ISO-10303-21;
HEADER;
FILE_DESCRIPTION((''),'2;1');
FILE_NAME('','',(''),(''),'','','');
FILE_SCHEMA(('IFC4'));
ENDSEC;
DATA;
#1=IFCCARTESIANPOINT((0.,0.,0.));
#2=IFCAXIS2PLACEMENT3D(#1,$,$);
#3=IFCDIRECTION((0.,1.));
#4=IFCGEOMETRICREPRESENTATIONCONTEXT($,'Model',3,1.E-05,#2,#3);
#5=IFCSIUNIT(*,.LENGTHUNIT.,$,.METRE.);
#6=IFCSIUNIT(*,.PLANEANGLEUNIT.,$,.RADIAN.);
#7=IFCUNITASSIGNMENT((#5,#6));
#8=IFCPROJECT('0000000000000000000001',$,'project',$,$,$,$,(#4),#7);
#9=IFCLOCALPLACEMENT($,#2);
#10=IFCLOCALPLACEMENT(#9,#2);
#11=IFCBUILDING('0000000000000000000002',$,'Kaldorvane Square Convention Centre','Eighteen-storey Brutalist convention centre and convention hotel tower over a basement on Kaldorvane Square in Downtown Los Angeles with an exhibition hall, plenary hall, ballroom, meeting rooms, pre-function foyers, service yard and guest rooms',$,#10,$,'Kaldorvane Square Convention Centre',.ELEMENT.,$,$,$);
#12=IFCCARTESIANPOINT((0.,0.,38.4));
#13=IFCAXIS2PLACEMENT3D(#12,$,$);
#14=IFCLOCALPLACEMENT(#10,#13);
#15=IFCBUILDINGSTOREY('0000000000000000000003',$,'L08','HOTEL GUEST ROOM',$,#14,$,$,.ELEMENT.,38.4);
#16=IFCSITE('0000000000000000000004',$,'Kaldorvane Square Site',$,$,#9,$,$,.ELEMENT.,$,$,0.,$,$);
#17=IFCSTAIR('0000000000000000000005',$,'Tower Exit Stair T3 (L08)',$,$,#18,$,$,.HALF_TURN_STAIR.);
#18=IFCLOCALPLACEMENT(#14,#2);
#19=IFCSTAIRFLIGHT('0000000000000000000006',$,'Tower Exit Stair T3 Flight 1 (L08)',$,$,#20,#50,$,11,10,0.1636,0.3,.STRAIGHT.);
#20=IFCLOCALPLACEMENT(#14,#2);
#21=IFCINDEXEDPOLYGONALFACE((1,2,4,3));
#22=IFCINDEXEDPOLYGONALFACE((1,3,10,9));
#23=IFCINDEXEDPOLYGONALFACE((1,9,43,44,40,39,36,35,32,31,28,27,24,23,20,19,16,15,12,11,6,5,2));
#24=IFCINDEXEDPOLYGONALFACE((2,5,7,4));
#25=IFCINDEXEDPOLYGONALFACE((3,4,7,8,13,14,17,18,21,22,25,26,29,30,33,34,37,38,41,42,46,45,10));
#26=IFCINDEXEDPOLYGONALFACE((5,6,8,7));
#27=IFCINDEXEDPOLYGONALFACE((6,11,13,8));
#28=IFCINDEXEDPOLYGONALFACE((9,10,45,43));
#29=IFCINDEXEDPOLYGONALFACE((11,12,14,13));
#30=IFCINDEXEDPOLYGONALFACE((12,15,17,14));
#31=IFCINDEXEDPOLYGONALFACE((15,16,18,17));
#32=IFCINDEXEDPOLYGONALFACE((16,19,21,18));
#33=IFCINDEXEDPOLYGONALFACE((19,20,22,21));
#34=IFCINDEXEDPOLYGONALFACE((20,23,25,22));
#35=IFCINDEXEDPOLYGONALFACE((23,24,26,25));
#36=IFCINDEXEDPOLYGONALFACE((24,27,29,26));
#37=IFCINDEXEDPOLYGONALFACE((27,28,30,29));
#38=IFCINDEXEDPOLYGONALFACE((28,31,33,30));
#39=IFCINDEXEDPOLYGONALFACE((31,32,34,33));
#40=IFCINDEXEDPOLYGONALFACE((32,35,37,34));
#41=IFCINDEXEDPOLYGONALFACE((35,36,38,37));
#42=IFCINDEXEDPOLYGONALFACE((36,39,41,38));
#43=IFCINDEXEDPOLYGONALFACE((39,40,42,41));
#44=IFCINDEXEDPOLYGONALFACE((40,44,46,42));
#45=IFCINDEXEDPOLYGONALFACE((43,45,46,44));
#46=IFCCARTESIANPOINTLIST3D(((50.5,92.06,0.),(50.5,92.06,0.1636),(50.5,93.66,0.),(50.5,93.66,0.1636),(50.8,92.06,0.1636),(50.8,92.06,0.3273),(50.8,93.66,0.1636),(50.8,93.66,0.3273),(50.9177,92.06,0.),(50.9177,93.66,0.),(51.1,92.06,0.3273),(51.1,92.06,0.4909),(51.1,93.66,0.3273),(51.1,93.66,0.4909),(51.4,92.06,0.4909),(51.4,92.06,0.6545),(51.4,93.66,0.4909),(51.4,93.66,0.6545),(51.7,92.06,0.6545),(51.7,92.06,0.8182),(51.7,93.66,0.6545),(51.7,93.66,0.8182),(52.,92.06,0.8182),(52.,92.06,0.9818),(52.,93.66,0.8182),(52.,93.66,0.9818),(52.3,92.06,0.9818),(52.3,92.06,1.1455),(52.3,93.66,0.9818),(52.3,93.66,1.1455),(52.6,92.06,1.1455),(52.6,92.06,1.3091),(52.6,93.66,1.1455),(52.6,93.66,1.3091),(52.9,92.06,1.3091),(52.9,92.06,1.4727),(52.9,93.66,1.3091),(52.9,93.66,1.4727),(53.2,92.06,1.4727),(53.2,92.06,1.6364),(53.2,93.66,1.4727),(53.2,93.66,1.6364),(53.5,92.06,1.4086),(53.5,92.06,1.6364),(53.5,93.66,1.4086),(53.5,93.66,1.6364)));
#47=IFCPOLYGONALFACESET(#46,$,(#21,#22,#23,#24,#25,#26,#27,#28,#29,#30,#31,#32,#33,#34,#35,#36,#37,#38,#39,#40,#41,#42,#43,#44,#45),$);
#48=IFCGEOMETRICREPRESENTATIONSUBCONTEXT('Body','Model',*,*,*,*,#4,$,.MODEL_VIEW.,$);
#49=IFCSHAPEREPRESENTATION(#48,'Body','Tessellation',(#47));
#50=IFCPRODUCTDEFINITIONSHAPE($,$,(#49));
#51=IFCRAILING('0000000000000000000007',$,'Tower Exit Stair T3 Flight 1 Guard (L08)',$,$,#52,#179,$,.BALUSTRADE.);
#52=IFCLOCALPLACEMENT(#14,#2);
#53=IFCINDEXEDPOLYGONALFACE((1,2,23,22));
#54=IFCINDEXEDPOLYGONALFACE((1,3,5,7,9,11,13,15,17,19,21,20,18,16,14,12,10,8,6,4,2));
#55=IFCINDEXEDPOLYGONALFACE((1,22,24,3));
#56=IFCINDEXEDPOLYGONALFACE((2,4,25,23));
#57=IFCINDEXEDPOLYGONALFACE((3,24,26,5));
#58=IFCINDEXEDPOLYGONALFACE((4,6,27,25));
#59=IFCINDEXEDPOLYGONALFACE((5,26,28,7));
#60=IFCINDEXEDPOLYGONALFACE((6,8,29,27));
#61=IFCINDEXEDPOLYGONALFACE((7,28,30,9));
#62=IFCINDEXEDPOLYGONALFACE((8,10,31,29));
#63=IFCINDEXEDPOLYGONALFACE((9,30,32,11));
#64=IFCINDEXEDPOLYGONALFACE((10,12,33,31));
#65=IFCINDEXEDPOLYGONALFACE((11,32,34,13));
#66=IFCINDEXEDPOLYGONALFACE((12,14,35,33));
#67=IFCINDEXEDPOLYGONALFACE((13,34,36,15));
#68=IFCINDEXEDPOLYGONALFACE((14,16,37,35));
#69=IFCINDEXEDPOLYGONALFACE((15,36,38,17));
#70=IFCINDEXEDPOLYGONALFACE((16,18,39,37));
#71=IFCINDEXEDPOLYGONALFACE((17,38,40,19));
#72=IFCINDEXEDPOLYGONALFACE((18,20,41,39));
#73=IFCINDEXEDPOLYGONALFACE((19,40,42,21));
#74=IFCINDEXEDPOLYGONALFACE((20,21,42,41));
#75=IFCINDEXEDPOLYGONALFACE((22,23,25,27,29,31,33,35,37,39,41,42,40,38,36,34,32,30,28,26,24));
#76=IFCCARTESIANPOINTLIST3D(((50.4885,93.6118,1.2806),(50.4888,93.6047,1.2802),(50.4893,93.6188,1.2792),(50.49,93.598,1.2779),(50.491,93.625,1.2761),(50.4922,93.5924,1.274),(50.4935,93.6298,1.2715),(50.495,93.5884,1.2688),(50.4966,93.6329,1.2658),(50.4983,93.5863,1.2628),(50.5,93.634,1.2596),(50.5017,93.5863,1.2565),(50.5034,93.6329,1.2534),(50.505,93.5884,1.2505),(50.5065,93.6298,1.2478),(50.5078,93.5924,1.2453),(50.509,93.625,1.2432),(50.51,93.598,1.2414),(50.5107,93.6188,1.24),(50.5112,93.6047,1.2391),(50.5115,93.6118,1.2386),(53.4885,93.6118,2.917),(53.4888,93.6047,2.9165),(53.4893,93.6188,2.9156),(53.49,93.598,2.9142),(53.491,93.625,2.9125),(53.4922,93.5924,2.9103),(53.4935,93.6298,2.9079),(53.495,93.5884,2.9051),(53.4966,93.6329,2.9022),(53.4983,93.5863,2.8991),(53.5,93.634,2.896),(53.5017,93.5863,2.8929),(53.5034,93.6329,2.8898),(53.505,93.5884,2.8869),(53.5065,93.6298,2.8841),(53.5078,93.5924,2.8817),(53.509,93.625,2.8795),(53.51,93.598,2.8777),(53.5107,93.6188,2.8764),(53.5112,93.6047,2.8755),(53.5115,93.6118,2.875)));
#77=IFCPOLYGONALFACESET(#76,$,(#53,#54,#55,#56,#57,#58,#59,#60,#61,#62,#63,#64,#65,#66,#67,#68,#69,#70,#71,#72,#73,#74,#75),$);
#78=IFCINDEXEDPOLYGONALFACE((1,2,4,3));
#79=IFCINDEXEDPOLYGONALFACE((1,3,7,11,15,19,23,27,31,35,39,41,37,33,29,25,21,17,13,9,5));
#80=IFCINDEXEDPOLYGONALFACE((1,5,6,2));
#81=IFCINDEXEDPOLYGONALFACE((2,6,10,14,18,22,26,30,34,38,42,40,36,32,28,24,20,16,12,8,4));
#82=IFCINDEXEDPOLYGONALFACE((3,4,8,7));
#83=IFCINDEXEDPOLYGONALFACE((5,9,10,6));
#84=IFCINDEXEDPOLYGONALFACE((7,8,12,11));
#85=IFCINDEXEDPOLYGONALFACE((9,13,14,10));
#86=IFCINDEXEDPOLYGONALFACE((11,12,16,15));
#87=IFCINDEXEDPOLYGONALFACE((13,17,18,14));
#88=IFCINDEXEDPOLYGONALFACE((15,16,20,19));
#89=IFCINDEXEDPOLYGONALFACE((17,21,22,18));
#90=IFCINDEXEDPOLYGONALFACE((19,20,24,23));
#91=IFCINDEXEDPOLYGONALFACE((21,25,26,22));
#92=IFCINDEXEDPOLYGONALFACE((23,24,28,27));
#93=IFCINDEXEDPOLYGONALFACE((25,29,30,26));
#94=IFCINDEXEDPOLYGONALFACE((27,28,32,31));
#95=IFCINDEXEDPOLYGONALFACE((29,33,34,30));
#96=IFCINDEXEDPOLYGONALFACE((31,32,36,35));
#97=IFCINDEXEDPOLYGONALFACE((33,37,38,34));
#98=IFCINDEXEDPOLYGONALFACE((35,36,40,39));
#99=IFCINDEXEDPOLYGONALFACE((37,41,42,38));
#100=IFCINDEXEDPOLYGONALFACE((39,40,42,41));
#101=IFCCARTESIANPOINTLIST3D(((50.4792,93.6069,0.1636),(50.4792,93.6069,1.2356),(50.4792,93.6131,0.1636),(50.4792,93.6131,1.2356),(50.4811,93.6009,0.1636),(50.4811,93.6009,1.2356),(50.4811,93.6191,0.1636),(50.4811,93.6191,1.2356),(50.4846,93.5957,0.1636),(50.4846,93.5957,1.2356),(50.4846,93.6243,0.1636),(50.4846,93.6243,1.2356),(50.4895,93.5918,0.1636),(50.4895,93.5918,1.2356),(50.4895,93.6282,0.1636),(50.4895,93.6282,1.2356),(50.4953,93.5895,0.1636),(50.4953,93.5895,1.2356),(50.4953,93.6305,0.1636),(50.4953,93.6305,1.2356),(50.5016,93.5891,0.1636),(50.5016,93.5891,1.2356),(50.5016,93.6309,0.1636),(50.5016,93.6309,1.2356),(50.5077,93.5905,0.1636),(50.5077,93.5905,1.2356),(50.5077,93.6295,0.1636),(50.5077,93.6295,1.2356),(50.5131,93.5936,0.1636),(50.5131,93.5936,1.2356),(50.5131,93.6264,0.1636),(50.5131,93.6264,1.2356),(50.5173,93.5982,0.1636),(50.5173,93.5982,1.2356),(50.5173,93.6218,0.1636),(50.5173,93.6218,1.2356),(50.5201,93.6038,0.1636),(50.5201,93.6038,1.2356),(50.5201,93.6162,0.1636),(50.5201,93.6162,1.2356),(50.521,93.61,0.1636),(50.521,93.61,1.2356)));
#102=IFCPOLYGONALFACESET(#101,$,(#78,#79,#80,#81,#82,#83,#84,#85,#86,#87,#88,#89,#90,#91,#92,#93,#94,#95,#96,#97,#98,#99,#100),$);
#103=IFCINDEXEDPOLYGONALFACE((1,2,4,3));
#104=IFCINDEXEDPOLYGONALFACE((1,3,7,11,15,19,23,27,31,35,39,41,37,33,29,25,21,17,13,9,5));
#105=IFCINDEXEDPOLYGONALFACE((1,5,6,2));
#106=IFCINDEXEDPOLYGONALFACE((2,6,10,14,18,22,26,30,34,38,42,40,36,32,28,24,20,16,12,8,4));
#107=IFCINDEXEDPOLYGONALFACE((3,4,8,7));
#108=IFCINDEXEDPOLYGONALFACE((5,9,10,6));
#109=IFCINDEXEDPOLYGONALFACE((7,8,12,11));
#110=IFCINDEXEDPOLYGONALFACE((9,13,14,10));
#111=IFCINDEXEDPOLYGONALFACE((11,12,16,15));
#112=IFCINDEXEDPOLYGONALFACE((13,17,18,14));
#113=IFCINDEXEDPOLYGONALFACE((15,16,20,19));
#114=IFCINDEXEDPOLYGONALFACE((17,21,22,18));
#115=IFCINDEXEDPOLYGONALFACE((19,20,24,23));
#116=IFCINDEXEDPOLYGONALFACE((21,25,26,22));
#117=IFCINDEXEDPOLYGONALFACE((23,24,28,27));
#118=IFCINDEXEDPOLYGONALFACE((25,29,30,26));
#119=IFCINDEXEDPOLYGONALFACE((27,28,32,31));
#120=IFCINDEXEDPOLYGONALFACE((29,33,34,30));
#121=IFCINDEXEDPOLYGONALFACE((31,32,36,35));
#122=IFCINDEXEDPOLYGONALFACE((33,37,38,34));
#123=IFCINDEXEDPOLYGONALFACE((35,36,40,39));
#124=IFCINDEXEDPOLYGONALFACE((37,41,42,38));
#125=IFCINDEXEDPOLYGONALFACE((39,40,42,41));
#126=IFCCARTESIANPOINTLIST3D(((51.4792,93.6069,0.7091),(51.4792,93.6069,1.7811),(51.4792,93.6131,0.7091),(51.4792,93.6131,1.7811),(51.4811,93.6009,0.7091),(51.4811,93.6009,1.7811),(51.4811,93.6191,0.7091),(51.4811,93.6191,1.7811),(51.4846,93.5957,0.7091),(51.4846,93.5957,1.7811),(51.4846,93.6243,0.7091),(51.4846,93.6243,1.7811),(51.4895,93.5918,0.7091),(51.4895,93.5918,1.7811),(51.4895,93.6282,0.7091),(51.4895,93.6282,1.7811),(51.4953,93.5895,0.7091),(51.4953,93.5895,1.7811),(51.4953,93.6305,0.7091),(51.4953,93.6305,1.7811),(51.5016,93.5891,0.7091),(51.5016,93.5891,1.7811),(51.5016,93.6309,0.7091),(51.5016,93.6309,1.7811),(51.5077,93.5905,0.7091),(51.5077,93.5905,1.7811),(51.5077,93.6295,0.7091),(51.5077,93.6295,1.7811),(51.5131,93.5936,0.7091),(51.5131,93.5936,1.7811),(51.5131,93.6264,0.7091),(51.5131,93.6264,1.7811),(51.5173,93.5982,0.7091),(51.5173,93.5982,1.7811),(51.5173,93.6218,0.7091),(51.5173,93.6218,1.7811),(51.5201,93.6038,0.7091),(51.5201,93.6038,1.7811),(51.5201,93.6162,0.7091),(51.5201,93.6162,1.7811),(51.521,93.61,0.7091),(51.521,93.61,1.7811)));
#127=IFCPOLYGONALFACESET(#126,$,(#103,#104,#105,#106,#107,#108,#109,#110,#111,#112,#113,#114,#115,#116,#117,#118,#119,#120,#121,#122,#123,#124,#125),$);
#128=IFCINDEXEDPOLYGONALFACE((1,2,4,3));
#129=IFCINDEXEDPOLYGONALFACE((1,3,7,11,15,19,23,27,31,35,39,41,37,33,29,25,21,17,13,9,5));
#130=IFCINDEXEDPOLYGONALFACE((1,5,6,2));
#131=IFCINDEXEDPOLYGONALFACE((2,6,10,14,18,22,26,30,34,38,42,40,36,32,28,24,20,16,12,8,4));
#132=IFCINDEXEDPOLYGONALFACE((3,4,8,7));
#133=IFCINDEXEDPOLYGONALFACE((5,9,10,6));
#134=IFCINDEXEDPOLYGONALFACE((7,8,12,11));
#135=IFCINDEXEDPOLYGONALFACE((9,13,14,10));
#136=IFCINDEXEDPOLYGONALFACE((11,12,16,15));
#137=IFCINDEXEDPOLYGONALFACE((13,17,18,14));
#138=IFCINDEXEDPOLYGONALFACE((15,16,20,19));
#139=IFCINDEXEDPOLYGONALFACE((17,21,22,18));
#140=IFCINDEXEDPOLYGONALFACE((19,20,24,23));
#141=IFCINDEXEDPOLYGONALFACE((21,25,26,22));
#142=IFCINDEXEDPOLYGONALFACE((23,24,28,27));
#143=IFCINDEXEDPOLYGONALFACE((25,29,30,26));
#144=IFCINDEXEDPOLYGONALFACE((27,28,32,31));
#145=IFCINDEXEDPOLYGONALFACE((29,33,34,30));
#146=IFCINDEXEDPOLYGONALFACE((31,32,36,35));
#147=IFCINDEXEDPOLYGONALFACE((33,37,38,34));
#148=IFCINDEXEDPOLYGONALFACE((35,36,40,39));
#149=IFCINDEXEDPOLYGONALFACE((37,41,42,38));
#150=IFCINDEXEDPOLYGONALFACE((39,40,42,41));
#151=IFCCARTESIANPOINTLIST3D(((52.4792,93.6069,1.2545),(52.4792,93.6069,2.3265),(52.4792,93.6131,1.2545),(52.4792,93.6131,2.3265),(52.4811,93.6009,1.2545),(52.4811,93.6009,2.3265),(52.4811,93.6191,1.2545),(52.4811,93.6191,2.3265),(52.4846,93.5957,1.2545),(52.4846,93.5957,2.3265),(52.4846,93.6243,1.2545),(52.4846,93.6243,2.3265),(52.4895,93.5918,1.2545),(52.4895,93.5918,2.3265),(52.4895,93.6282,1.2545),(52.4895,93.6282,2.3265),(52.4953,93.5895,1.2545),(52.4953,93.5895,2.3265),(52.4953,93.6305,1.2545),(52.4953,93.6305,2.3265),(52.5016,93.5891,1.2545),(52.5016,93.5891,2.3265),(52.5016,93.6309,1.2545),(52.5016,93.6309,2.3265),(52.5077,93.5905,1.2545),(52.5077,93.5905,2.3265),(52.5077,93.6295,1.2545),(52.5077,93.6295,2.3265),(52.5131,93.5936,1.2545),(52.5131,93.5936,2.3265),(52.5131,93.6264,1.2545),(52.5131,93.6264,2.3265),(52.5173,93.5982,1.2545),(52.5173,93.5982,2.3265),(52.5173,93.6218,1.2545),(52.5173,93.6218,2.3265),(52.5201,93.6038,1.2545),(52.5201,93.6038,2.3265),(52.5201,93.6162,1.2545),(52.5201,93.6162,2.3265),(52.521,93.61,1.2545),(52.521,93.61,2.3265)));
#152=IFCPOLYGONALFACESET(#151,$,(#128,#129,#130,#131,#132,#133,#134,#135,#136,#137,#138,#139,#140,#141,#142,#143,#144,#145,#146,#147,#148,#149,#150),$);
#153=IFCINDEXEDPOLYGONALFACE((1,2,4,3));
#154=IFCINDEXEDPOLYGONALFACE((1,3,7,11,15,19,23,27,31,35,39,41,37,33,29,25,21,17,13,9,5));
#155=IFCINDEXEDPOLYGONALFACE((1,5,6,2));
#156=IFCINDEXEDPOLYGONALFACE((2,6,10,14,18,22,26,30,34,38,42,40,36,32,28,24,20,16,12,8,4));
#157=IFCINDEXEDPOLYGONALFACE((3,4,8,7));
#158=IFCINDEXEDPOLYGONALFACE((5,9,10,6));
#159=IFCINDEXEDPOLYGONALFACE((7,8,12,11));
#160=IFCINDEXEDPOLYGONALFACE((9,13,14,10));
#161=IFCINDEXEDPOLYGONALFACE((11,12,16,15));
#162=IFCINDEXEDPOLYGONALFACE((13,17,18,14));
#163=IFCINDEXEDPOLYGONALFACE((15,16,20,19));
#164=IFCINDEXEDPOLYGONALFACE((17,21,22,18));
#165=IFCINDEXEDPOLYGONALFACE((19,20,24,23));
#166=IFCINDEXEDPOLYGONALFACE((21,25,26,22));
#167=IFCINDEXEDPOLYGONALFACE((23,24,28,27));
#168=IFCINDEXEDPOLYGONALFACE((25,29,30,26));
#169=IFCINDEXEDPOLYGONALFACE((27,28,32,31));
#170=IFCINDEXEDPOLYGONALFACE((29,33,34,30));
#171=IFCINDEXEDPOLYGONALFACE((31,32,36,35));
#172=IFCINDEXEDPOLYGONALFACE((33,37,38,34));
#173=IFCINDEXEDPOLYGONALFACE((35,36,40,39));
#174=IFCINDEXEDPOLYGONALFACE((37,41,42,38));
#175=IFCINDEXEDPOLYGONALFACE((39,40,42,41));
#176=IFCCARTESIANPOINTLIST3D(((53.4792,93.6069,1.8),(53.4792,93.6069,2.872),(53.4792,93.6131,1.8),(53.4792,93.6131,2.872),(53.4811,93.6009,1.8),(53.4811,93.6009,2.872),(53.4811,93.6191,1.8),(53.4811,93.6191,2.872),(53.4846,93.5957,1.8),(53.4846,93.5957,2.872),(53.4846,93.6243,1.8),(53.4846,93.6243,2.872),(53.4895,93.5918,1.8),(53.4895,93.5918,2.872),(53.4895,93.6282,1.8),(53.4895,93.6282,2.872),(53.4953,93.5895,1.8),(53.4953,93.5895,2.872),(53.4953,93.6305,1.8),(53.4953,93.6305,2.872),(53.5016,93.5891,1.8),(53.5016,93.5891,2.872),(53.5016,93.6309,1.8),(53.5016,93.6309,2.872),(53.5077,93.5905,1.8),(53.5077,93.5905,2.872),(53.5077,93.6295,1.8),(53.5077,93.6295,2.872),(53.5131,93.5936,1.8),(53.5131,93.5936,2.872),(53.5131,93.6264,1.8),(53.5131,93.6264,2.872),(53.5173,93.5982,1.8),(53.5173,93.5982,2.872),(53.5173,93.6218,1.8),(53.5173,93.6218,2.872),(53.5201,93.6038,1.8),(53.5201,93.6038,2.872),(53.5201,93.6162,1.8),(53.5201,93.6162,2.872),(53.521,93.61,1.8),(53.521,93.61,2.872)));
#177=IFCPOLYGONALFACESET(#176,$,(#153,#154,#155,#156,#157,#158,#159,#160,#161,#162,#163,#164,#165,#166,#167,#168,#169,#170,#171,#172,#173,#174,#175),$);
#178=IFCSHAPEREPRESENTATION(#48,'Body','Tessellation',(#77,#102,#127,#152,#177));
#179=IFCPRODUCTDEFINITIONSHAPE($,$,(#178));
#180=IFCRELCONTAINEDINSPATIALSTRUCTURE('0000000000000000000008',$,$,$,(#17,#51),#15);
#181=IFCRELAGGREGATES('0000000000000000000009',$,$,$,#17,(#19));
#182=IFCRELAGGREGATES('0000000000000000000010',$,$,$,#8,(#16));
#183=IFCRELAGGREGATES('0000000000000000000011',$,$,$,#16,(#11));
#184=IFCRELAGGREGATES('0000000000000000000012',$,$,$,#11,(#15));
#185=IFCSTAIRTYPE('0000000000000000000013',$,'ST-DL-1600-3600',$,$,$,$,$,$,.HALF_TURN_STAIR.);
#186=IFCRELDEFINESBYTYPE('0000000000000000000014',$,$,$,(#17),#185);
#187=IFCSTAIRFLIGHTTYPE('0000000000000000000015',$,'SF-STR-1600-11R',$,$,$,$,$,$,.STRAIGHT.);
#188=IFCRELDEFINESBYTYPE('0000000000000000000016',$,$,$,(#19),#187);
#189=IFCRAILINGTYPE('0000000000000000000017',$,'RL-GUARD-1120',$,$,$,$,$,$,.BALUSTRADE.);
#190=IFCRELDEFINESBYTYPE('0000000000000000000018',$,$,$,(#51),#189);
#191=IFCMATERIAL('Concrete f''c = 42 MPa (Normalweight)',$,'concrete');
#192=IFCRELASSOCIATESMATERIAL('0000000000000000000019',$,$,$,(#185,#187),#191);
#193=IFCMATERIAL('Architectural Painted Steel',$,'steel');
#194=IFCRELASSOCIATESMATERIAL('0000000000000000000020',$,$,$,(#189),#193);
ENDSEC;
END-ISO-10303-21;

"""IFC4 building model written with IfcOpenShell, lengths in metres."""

from ifc_helpers import new_model, si_unit, direction, frame, origin, origin_2d, place, context, subcontext, project, spatial, polyline, circle, outline, extrude, material, type_object, element, aggregate, save


model = new_model("IFC4")

# Units and contexts
model_context = context("Model", 3, precision=1e-05, world=origin(), true_north=direction((0.0, 1.0)))
body_context = subcontext(model_context, "Body", "Model", "MODEL_VIEW")
ifc_project = project(units=[si_unit("LENGTHUNIT", "METRE"), si_unit("PLANEANGLEUNIT", "RADIAN")], contexts=[model_context])

# Site, building, storey
site_placement = place(None, origin())
site = spatial("IfcSite", under=ifc_project, at=site_placement, Name="Kaldorvane Square Site", CompositionType="ELEMENT", RefElevation=0.0)
building_placement = place(site_placement, origin())
building = spatial("IfcBuilding", under=site, at=building_placement, Name="Kaldorvane Square Convention Centre", Description="Eighteen-storey Brutalist convention centre and convention hotel tower over a basement on Kaldorvane Square in Downtown Los Angeles with an exhibition hall, plenary hall, ballroom, meeting rooms, pre-function foyers, service yard and guest rooms", LongName="Kaldorvane Square Convention Centre", CompositionType="ELEMENT")
storey_placement = place(building_placement, frame((0.0, 0.0, 38.4)))
storey = spatial("IfcBuildingStorey", under=building, at=storey_placement, Name="L08", Description="HOTEL GUEST ROOM", CompositionType="ELEMENT", Elevation=38.4)

# Stair, stair flight
ifc_material_1 = material(Name="Concrete f'c = 42 MPa (Normalweight)", Category="concrete")
stair_type = type_object("IfcStairType", Name="ST-DL-1600-3600", PredefinedType="HALF_TURN_STAIR", material=ifc_material_1)
stair_flight_type = type_object("IfcStairFlightType", Name="SF-STR-1600-11R", PredefinedType="STRAIGHT", material=ifc_material_1)
stair_1_placement = place(storey_placement, origin())
stair_1 = element("IfcStair", 1, at=stair_1_placement, inside=storey, type_object=stair_type, Name="Tower Exit Stair T3 (L08)", PredefinedType="HALF_TURN_STAIR")
stair_flight_1_placement = place(storey_placement, frame((50.5, 92.86, 0.0), z_axis=(0.0, 0.0, 1.0), x_axis=(1.0, 0.0, 0.0)))
stair_flight_1 = element("IfcStairFlight", 2, at=stair_flight_1_placement, type_object=stair_flight_type, Name="Tower Exit Stair T3 Flight 1 (L08)", NumberOfRisers=11, NumberOfTreads=10, PredefinedType="STRAIGHT", RiserHeight=0.1636, TreadLength=0.3, context=body_context, shape_type="SweptSolid", body=[
    extrude(outline(polyline([(0.0, 0.0), (0.0, 0.1636), (0.3, 0.1636), (0.3, 0.3273), (0.6, 0.3273), (0.6, 0.4909), (0.9, 0.4909), (0.9, 0.6545), (1.2, 0.6545), (1.2, 0.8182), (1.5, 0.8182), (1.5, 0.9818), (1.8, 0.9818), (1.8, 1.1455), (2.1, 1.1455), (2.1, 1.3091), (2.4, 1.3091), (2.4, 1.4727), (2.7, 1.4727), (2.7, 1.6364), (3.0, 1.6364), (3.0, 1.8), (3.0, 1.4086), (0.4177, 0.0), (0.0, 0.0)])), frame((0.0, 0.8, 0.0), z_axis=(0.0, -1.0, 0.0), x_axis=(1.0, 0.0, 0.0)), (0.0, 0.0, 1.0), 1.6),
])
aggregate(stair_1, [stair_flight_1])

# Railing
ifc_material_2 = material(Name="Architectural Painted Steel", Category="steel")
railing_type_1 = type_object("IfcRailingType", Name="RL-GUARD-1120", PredefinedType="BALUSTRADE", material=ifc_material_2)
railing_placement = place(storey_placement, frame((50.5, 93.61, 0.1636)))
element("IfcRailing", 3, at=railing_placement, inside=storey, type_object=railing_type_1, Name="Tower Exit Stair T3 Flight 1 Guard (L08)", PredefinedType="BALUSTRADE", context=body_context, shape_type="SweptSolid", body=[
    extrude(circle(Radius=0.024, at=origin_2d()), frame((0.0, 0.0, 1.096), z_axis=(0.877895, 0.0, 0.478853), x_axis=(0.0, 1.0, 0.0)), (0.0, 0.0, 1.0), 3.4173),
    extrude(circle(Radius=0.021, at=origin_2d()), origin(), (0.0, 0.0, 1.0), 1.072),
    extrude(circle(Radius=0.021, at=origin_2d()), frame((1.0, 0.0, 0.5455)), (0.0, 0.0, 1.0), 1.072),
    extrude(circle(Radius=0.021, at=origin_2d()), frame((2.0, 0.0, 1.0909)), (0.0, 0.0, 1.0), 1.072),
    extrude(circle(Radius=0.021, at=origin_2d()), frame((3.0, 0.0, 1.6364)), (0.0, 0.0, 1.0), 1.072),
])

save(model, "model.ifc")
